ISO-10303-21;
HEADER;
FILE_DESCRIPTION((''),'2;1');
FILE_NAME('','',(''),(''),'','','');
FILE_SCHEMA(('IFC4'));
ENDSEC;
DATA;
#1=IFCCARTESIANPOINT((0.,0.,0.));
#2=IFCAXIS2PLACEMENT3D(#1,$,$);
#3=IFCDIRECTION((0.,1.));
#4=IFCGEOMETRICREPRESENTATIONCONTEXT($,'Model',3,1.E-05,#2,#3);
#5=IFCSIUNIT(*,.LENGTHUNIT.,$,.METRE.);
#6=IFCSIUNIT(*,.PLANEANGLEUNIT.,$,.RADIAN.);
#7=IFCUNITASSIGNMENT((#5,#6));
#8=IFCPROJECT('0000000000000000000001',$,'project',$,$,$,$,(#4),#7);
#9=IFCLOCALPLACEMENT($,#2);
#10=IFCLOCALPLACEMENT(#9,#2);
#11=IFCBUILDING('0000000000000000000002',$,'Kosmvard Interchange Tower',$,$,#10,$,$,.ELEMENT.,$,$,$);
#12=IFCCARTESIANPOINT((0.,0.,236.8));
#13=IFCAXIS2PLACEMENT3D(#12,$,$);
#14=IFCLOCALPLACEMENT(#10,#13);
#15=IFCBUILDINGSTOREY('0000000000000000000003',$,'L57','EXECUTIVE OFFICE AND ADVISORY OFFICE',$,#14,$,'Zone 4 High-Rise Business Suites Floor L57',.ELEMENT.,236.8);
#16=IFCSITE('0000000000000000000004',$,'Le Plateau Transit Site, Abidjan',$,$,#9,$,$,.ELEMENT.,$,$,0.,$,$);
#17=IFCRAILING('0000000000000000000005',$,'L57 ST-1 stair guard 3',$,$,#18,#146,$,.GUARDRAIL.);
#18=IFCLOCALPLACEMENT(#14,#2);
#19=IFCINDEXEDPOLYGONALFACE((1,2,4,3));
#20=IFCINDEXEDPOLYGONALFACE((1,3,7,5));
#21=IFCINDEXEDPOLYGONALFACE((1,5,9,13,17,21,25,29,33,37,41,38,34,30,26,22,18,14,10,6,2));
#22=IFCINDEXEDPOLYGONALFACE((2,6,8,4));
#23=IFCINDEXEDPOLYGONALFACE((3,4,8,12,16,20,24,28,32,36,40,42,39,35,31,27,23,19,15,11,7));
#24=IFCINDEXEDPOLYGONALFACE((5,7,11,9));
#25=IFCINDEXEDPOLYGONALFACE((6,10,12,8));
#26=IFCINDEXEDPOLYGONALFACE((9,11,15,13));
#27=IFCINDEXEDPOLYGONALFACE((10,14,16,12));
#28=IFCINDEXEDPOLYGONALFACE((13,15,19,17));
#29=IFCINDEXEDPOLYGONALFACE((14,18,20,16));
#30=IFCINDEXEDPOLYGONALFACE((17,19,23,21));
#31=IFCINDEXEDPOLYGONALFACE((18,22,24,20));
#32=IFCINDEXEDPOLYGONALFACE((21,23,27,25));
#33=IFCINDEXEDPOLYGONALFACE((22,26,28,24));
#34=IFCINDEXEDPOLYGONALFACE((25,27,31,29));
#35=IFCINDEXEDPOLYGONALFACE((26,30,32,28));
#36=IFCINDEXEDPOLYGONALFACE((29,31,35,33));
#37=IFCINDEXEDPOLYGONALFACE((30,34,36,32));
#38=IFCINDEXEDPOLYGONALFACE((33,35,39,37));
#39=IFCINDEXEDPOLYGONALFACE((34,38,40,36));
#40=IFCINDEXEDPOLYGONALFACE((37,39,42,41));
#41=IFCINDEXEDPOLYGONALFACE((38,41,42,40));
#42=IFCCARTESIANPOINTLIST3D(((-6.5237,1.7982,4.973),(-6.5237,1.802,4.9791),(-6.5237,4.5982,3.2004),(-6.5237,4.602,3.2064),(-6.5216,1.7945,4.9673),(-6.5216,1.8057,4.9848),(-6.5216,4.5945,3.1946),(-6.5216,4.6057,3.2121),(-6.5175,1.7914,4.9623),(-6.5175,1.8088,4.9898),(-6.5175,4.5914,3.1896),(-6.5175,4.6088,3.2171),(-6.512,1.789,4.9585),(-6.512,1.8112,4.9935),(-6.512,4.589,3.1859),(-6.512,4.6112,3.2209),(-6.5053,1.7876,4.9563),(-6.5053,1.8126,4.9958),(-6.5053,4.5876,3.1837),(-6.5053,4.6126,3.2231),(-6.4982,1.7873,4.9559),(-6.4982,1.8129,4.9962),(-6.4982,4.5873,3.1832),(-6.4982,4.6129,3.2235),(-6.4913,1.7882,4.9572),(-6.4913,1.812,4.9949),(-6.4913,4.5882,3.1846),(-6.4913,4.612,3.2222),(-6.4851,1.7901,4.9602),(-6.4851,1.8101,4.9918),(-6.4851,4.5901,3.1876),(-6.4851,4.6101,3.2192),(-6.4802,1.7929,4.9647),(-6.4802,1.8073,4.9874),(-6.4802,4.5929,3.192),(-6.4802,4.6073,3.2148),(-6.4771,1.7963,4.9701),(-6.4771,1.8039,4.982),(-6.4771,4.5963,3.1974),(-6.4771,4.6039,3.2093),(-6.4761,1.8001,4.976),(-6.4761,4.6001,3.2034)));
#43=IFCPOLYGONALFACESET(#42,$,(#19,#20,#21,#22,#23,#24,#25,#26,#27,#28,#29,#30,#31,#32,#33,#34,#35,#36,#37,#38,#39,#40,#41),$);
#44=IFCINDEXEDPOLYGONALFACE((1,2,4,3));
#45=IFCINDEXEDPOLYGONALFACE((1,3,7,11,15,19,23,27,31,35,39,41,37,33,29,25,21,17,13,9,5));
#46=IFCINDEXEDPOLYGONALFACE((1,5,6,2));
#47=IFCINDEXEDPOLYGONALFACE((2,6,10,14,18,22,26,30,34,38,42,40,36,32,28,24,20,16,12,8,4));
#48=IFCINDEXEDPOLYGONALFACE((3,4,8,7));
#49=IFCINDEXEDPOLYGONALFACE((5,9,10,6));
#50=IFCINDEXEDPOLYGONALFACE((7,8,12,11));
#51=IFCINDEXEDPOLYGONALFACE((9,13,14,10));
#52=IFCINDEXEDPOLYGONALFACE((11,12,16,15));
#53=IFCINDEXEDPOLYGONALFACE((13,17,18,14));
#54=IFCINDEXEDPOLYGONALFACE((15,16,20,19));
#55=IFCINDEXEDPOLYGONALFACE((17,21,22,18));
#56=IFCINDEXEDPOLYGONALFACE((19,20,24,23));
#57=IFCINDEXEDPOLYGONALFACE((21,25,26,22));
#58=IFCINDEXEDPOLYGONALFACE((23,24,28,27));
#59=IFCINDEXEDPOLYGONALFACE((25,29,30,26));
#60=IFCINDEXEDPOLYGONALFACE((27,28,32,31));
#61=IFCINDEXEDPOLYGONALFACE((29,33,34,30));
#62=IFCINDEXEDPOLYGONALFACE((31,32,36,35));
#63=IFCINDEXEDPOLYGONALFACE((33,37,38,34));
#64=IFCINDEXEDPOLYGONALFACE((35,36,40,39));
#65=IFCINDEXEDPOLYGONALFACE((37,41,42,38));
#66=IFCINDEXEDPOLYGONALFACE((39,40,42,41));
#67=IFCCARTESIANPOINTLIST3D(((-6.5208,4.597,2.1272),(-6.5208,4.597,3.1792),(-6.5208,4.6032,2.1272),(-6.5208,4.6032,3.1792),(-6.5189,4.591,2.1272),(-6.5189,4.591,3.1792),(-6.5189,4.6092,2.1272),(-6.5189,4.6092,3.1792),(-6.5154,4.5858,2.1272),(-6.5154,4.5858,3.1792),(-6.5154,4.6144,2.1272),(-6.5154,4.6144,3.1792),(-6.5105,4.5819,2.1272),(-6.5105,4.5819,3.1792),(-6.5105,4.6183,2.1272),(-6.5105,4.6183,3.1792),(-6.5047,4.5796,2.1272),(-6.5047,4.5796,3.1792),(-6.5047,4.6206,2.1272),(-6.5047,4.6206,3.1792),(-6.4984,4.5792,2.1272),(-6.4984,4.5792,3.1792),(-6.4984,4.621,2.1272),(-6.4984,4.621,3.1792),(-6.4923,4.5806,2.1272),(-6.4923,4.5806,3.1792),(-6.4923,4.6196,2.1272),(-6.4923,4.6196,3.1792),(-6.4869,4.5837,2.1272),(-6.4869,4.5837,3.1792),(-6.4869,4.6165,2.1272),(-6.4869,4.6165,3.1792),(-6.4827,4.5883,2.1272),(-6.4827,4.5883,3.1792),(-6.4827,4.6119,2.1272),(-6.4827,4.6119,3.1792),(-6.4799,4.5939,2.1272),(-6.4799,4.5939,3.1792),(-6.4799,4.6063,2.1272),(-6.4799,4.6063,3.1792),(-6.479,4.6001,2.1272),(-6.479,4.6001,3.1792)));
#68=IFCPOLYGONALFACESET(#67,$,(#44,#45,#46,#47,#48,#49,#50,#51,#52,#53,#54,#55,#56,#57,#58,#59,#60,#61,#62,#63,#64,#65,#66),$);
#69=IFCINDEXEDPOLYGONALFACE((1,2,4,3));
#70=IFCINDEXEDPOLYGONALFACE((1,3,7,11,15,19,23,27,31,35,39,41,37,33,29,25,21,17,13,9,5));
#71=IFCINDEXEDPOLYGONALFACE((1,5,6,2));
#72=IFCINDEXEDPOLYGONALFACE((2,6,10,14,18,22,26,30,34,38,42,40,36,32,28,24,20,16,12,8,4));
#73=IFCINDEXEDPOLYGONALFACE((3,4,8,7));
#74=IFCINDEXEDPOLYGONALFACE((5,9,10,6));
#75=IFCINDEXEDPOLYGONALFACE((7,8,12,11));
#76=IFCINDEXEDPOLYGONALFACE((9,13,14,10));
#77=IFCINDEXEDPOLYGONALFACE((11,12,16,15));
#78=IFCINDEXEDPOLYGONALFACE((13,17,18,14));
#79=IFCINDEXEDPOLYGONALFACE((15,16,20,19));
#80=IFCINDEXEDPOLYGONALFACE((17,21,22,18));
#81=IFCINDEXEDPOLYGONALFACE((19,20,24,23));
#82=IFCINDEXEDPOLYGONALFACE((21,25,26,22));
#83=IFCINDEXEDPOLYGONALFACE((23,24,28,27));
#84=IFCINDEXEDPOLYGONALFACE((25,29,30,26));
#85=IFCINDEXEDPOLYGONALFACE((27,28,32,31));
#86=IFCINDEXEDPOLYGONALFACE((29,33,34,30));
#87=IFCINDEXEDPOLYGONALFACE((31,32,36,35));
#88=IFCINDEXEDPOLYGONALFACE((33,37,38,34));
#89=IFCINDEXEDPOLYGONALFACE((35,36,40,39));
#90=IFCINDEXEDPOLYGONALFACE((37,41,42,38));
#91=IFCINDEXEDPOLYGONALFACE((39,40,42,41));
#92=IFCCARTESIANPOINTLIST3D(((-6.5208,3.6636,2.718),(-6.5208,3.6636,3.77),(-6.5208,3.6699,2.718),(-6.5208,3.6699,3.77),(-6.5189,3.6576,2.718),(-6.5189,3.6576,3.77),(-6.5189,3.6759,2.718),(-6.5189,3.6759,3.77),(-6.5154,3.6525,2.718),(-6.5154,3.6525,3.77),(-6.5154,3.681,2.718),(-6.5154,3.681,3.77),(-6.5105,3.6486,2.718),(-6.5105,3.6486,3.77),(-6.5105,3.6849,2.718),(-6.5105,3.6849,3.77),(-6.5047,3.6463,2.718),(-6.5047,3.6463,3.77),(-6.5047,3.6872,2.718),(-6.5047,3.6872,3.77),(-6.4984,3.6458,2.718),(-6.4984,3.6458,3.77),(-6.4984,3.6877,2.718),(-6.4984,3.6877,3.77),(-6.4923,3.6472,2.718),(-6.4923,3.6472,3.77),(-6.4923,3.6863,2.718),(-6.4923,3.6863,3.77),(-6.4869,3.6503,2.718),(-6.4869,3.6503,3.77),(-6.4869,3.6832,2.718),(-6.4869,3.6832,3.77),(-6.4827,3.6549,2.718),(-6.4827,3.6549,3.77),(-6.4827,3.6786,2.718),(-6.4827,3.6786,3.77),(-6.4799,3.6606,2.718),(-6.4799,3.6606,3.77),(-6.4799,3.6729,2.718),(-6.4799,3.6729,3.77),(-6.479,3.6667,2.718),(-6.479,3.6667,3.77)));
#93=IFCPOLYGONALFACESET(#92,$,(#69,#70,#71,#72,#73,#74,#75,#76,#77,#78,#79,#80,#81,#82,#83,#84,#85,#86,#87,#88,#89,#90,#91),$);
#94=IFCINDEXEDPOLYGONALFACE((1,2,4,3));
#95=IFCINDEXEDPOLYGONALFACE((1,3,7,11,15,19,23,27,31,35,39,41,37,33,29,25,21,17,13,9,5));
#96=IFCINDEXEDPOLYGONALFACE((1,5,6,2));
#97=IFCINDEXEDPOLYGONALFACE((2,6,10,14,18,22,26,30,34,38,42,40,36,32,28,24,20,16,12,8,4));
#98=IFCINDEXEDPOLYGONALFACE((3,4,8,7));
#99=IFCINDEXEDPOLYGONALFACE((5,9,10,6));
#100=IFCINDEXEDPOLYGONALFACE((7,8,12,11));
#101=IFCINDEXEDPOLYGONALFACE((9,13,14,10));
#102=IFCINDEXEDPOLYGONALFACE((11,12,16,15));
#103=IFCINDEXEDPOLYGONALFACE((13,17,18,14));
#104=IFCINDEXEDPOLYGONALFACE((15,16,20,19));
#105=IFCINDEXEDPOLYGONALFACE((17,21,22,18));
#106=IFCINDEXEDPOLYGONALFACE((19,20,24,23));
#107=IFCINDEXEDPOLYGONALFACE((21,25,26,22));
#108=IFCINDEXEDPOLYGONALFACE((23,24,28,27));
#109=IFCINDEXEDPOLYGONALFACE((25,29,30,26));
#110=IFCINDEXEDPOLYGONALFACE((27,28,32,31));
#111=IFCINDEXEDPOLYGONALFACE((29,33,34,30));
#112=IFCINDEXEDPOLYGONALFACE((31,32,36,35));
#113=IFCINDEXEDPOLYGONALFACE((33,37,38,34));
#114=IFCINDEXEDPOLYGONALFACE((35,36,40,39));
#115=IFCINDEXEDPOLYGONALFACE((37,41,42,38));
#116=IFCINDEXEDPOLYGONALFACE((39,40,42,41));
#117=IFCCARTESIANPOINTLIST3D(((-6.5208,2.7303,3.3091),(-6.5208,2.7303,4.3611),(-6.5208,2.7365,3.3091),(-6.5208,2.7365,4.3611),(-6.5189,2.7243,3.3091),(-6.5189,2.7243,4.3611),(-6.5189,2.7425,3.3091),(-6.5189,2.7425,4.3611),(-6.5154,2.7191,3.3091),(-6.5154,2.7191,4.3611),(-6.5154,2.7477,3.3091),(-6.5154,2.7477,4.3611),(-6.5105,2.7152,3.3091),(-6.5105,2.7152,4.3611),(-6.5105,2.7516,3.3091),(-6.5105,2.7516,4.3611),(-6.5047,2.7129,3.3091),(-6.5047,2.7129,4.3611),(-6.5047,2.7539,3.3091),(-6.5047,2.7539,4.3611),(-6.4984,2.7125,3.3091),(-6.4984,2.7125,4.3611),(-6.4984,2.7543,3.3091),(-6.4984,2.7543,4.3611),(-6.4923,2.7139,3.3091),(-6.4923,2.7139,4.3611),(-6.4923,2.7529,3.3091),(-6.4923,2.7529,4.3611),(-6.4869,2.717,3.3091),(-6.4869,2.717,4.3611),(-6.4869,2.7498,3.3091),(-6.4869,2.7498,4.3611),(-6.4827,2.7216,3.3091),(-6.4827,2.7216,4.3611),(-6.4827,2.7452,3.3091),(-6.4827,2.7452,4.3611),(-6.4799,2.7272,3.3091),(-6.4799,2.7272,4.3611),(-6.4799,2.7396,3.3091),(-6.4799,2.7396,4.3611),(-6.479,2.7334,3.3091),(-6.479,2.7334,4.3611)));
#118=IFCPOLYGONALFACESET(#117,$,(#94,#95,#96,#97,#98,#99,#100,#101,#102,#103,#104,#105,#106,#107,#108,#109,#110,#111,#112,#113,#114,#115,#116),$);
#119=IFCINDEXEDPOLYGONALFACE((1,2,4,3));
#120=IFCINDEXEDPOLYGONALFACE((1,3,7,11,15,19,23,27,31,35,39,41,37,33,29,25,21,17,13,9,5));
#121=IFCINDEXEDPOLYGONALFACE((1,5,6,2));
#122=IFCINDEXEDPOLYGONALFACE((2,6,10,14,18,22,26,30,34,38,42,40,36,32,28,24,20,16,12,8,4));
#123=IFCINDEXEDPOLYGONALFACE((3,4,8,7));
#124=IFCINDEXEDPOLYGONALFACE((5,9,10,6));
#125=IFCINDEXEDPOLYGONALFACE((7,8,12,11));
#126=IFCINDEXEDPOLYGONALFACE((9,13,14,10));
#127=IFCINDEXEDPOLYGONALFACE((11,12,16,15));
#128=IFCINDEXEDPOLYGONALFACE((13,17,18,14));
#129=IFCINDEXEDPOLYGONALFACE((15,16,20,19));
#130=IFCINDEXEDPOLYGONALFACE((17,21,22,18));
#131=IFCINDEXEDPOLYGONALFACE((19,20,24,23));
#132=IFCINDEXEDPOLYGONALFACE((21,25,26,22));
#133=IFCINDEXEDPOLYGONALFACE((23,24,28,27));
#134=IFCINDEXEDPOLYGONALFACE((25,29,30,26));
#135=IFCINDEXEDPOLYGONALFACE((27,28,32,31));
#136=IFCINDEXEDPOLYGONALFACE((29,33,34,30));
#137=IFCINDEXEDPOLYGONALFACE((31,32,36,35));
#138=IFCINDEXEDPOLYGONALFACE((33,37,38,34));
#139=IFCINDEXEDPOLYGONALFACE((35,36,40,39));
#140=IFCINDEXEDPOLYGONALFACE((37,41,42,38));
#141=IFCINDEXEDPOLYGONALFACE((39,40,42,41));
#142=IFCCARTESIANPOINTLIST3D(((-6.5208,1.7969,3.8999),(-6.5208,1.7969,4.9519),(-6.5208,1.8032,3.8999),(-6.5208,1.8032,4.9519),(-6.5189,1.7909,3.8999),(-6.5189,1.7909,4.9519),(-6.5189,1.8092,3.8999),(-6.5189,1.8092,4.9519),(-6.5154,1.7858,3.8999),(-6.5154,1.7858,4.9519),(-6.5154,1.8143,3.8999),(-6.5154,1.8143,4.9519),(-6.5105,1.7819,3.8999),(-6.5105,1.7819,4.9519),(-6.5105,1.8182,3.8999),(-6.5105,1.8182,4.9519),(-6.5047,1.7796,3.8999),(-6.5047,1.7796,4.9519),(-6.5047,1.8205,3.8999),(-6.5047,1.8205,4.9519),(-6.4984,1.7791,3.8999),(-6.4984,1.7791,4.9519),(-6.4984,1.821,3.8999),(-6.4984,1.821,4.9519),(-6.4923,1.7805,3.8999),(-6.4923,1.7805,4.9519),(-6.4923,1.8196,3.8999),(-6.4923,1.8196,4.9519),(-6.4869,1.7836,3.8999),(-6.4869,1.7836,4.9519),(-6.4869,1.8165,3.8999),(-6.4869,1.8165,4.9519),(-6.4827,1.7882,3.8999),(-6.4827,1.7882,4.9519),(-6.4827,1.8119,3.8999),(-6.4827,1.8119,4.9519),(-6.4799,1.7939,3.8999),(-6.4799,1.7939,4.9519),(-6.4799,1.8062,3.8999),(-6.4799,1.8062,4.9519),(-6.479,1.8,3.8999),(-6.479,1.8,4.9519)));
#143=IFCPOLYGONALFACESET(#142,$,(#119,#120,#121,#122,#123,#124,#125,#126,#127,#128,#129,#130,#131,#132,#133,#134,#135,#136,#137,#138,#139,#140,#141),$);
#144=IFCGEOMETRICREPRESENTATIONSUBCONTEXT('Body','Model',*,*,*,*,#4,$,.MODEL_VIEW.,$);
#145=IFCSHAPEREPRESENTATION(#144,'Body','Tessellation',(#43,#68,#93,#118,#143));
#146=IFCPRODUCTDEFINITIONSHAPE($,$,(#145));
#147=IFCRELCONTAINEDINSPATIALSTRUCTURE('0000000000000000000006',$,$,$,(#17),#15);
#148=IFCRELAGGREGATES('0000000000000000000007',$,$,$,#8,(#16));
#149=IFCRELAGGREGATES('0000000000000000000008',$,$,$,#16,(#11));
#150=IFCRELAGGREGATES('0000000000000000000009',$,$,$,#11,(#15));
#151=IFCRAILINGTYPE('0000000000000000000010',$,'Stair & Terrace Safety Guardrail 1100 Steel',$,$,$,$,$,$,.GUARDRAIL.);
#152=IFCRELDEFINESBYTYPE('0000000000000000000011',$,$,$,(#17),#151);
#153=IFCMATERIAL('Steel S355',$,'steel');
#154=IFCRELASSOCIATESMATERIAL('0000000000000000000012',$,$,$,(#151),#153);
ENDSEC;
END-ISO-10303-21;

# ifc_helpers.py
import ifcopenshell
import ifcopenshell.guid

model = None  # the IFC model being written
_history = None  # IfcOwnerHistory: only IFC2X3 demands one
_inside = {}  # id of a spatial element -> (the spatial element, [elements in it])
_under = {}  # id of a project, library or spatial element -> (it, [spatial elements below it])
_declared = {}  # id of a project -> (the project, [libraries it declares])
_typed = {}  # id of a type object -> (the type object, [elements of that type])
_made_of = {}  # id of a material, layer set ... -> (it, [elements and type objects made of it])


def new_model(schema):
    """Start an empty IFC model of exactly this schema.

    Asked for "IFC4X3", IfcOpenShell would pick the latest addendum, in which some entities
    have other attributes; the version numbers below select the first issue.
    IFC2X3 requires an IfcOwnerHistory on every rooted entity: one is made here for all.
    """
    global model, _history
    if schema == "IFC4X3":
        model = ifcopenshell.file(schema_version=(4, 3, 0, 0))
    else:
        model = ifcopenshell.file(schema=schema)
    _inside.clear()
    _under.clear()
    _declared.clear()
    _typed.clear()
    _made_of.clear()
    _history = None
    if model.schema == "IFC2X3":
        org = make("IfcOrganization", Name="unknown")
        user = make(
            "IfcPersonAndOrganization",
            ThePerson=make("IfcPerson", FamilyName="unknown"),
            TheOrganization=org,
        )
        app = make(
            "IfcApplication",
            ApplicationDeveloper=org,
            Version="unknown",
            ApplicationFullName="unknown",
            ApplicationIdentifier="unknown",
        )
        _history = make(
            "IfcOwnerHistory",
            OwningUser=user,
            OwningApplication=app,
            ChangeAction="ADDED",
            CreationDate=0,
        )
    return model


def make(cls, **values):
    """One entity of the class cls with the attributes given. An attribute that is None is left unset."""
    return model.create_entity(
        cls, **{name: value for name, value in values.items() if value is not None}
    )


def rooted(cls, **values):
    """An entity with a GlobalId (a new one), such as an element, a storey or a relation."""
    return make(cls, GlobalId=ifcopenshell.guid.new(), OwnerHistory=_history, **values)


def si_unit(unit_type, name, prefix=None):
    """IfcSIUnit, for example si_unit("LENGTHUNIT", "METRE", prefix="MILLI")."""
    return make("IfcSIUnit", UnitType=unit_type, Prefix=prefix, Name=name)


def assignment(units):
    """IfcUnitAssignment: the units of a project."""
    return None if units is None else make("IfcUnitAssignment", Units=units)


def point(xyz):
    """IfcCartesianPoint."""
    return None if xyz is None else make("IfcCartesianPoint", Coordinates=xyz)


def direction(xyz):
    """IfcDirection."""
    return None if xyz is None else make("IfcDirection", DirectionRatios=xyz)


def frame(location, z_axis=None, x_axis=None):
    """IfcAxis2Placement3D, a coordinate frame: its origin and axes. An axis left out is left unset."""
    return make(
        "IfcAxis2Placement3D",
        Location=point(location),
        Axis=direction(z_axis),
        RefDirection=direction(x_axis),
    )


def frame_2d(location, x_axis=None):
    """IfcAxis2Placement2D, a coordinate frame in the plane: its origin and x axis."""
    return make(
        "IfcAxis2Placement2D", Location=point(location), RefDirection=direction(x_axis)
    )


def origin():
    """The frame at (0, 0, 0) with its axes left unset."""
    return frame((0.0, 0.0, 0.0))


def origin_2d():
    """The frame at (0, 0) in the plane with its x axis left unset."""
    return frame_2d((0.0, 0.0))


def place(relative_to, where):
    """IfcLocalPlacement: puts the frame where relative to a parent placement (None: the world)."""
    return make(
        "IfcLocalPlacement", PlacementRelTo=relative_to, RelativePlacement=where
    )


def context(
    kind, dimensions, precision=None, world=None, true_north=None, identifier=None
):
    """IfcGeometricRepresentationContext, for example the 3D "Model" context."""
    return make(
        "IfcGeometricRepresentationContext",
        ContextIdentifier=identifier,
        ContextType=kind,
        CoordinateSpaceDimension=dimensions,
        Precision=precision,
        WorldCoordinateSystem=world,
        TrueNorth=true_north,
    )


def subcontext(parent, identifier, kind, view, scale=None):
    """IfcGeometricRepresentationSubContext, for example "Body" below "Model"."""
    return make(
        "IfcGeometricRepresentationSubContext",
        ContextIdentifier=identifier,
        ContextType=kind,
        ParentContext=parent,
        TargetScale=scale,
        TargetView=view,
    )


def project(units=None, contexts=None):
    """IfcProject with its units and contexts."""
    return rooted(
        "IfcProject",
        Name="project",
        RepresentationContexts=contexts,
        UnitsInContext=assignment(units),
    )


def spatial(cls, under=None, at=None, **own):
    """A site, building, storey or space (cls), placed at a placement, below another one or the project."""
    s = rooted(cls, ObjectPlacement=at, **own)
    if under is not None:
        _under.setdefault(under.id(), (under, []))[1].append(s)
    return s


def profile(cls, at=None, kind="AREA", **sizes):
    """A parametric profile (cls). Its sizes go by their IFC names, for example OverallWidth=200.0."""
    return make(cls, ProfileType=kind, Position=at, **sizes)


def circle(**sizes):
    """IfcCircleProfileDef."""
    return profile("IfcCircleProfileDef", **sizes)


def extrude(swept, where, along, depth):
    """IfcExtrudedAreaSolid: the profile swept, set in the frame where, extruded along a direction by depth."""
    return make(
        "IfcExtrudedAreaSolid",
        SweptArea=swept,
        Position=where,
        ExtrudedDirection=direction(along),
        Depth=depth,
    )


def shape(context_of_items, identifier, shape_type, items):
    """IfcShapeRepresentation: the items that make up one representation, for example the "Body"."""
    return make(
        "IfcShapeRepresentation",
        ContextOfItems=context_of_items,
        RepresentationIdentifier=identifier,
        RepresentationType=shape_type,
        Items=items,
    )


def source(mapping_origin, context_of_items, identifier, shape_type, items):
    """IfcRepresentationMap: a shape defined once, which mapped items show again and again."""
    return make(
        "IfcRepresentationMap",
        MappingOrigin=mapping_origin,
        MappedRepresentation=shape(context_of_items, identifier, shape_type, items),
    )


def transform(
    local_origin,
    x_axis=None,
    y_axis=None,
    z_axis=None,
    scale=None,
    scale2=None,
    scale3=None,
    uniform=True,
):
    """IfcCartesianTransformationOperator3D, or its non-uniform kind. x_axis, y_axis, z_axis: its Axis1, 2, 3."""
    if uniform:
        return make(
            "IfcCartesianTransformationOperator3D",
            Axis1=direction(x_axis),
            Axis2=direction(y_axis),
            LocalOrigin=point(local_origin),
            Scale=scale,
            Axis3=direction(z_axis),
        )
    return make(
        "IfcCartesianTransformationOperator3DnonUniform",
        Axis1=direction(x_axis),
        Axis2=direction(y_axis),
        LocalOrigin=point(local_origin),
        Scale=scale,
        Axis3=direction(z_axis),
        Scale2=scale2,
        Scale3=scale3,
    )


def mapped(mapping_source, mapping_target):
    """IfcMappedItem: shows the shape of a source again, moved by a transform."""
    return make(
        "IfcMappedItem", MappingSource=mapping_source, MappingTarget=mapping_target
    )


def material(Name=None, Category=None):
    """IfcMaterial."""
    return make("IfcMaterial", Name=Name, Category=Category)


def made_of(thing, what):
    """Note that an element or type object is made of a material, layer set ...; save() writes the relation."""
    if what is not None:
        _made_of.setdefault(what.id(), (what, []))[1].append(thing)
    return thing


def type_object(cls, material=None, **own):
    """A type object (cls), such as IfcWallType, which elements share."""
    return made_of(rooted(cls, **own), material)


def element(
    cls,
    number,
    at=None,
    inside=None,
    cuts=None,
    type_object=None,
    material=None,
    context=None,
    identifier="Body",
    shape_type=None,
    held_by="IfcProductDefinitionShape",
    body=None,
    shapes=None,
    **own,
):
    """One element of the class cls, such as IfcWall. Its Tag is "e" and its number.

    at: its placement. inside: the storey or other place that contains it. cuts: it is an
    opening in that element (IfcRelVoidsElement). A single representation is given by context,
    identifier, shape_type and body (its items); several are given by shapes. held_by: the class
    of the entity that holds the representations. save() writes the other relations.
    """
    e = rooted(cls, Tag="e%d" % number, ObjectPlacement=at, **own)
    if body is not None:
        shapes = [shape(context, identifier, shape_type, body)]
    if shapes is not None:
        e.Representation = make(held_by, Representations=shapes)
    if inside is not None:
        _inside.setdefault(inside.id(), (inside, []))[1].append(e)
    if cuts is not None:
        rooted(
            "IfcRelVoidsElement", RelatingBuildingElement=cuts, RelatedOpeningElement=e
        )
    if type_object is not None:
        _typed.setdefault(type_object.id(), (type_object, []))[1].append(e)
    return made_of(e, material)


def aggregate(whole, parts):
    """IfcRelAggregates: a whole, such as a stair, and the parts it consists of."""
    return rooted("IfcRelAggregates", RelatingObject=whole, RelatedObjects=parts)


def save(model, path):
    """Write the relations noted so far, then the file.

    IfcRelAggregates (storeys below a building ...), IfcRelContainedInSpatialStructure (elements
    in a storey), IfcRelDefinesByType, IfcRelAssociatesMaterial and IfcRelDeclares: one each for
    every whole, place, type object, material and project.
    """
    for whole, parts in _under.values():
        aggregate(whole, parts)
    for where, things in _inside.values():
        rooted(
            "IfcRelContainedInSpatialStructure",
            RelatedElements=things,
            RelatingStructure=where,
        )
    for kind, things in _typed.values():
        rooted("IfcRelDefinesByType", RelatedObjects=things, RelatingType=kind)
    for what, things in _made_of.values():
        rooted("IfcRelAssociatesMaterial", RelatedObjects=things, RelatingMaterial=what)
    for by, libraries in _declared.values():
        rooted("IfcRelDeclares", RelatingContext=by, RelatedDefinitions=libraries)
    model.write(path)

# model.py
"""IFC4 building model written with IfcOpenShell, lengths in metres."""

from ifc_helpers import new_model, si_unit, direction, frame, origin, origin_2d, place, context, subcontext, project, spatial, circle, extrude, source, transform, mapped, material, type_object, element, save


model = new_model("IFC4")

# Units and contexts
model_context = context("Model", 3, precision=1e-05, world=origin(), true_north=direction((0.0, 1.0)))
body_context = subcontext(model_context, "Body", "Model", "MODEL_VIEW")
ifc_project = project(units=[si_unit("LENGTHUNIT", "METRE"), si_unit("PLANEANGLEUNIT", "RADIAN")], contexts=[model_context])

# Site, building, storey
site_placement = place(None, origin())
site = spatial("IfcSite", under=ifc_project, at=site_placement, Name="Le Plateau Transit Site, Abidjan", CompositionType="ELEMENT", RefElevation=0.0)
building_placement = place(site_placement, origin())
building = spatial("IfcBuilding", under=site, at=building_placement, Name="Kosmvard Interchange Tower", CompositionType="ELEMENT")
storey_placement = place(building_placement, frame((0.0, 0.0, 236.8)))
storey = spatial("IfcBuildingStorey", under=building, at=storey_placement, Name="L57", Description="EXECUTIVE OFFICE AND ADVISORY OFFICE", LongName="Zone 4 High-Rise Business Suites Floor L57", CompositionType="ELEMENT", Elevation=236.8)

# Shared definitions
ifc_material_1 = material(Name="Steel S355", Category="steel")

# Railing
railing_type_1 = type_object("IfcRailingType", Name="Stair & Terrace Safety Guardrail 1100 Steel", PredefinedType="GUARDRAIL", material=ifc_material_1)
shared_shape_1 = source(origin(), body_context, "Body", "SweptSolid", [
    extrude(circle(Radius=0.0239, at=origin_2d()), frame((0.0, 0.0, 1.0762), z_axis=(0.0, -0.844909, 0.53491), x_axis=(1.0, 0.0, 0.0)), (0.0, 0.0, 1.0), 3.314),
    extrude(circle(Radius=0.021, at=origin_2d()), origin(), (0.0, 0.0, 1.0), 1.052),
    extrude(circle(Radius=0.021, at=origin_2d()), frame((0.0, -0.9333, 0.5908)), (0.0, 0.0, 1.0), 1.052),
    extrude(circle(Radius=0.021, at=origin_2d()), frame((0.0, -1.8667, 1.1819)), (0.0, 0.0, 1.0), 1.052),
    extrude(circle(Radius=0.021, at=origin_2d()), frame((0.0, -2.8, 1.7727)), (0.0, 0.0, 1.0), 1.052),
])
railing_1_placement = place(storey_placement, frame((-6.5, 4.6001, 2.1272)))
element("IfcRailing", 1, at=railing_1_placement, inside=storey, type_object=railing_type_1, Name="L57 ST-1 stair guard 3", PredefinedType="GUARDRAIL", context=body_context, shape_type="MappedRepresentation", body=[
    mapped(shared_shape_1, transform((0.0, 0.0, 0.0), scale=1.0)),
])

save(model, "model.ifc")
